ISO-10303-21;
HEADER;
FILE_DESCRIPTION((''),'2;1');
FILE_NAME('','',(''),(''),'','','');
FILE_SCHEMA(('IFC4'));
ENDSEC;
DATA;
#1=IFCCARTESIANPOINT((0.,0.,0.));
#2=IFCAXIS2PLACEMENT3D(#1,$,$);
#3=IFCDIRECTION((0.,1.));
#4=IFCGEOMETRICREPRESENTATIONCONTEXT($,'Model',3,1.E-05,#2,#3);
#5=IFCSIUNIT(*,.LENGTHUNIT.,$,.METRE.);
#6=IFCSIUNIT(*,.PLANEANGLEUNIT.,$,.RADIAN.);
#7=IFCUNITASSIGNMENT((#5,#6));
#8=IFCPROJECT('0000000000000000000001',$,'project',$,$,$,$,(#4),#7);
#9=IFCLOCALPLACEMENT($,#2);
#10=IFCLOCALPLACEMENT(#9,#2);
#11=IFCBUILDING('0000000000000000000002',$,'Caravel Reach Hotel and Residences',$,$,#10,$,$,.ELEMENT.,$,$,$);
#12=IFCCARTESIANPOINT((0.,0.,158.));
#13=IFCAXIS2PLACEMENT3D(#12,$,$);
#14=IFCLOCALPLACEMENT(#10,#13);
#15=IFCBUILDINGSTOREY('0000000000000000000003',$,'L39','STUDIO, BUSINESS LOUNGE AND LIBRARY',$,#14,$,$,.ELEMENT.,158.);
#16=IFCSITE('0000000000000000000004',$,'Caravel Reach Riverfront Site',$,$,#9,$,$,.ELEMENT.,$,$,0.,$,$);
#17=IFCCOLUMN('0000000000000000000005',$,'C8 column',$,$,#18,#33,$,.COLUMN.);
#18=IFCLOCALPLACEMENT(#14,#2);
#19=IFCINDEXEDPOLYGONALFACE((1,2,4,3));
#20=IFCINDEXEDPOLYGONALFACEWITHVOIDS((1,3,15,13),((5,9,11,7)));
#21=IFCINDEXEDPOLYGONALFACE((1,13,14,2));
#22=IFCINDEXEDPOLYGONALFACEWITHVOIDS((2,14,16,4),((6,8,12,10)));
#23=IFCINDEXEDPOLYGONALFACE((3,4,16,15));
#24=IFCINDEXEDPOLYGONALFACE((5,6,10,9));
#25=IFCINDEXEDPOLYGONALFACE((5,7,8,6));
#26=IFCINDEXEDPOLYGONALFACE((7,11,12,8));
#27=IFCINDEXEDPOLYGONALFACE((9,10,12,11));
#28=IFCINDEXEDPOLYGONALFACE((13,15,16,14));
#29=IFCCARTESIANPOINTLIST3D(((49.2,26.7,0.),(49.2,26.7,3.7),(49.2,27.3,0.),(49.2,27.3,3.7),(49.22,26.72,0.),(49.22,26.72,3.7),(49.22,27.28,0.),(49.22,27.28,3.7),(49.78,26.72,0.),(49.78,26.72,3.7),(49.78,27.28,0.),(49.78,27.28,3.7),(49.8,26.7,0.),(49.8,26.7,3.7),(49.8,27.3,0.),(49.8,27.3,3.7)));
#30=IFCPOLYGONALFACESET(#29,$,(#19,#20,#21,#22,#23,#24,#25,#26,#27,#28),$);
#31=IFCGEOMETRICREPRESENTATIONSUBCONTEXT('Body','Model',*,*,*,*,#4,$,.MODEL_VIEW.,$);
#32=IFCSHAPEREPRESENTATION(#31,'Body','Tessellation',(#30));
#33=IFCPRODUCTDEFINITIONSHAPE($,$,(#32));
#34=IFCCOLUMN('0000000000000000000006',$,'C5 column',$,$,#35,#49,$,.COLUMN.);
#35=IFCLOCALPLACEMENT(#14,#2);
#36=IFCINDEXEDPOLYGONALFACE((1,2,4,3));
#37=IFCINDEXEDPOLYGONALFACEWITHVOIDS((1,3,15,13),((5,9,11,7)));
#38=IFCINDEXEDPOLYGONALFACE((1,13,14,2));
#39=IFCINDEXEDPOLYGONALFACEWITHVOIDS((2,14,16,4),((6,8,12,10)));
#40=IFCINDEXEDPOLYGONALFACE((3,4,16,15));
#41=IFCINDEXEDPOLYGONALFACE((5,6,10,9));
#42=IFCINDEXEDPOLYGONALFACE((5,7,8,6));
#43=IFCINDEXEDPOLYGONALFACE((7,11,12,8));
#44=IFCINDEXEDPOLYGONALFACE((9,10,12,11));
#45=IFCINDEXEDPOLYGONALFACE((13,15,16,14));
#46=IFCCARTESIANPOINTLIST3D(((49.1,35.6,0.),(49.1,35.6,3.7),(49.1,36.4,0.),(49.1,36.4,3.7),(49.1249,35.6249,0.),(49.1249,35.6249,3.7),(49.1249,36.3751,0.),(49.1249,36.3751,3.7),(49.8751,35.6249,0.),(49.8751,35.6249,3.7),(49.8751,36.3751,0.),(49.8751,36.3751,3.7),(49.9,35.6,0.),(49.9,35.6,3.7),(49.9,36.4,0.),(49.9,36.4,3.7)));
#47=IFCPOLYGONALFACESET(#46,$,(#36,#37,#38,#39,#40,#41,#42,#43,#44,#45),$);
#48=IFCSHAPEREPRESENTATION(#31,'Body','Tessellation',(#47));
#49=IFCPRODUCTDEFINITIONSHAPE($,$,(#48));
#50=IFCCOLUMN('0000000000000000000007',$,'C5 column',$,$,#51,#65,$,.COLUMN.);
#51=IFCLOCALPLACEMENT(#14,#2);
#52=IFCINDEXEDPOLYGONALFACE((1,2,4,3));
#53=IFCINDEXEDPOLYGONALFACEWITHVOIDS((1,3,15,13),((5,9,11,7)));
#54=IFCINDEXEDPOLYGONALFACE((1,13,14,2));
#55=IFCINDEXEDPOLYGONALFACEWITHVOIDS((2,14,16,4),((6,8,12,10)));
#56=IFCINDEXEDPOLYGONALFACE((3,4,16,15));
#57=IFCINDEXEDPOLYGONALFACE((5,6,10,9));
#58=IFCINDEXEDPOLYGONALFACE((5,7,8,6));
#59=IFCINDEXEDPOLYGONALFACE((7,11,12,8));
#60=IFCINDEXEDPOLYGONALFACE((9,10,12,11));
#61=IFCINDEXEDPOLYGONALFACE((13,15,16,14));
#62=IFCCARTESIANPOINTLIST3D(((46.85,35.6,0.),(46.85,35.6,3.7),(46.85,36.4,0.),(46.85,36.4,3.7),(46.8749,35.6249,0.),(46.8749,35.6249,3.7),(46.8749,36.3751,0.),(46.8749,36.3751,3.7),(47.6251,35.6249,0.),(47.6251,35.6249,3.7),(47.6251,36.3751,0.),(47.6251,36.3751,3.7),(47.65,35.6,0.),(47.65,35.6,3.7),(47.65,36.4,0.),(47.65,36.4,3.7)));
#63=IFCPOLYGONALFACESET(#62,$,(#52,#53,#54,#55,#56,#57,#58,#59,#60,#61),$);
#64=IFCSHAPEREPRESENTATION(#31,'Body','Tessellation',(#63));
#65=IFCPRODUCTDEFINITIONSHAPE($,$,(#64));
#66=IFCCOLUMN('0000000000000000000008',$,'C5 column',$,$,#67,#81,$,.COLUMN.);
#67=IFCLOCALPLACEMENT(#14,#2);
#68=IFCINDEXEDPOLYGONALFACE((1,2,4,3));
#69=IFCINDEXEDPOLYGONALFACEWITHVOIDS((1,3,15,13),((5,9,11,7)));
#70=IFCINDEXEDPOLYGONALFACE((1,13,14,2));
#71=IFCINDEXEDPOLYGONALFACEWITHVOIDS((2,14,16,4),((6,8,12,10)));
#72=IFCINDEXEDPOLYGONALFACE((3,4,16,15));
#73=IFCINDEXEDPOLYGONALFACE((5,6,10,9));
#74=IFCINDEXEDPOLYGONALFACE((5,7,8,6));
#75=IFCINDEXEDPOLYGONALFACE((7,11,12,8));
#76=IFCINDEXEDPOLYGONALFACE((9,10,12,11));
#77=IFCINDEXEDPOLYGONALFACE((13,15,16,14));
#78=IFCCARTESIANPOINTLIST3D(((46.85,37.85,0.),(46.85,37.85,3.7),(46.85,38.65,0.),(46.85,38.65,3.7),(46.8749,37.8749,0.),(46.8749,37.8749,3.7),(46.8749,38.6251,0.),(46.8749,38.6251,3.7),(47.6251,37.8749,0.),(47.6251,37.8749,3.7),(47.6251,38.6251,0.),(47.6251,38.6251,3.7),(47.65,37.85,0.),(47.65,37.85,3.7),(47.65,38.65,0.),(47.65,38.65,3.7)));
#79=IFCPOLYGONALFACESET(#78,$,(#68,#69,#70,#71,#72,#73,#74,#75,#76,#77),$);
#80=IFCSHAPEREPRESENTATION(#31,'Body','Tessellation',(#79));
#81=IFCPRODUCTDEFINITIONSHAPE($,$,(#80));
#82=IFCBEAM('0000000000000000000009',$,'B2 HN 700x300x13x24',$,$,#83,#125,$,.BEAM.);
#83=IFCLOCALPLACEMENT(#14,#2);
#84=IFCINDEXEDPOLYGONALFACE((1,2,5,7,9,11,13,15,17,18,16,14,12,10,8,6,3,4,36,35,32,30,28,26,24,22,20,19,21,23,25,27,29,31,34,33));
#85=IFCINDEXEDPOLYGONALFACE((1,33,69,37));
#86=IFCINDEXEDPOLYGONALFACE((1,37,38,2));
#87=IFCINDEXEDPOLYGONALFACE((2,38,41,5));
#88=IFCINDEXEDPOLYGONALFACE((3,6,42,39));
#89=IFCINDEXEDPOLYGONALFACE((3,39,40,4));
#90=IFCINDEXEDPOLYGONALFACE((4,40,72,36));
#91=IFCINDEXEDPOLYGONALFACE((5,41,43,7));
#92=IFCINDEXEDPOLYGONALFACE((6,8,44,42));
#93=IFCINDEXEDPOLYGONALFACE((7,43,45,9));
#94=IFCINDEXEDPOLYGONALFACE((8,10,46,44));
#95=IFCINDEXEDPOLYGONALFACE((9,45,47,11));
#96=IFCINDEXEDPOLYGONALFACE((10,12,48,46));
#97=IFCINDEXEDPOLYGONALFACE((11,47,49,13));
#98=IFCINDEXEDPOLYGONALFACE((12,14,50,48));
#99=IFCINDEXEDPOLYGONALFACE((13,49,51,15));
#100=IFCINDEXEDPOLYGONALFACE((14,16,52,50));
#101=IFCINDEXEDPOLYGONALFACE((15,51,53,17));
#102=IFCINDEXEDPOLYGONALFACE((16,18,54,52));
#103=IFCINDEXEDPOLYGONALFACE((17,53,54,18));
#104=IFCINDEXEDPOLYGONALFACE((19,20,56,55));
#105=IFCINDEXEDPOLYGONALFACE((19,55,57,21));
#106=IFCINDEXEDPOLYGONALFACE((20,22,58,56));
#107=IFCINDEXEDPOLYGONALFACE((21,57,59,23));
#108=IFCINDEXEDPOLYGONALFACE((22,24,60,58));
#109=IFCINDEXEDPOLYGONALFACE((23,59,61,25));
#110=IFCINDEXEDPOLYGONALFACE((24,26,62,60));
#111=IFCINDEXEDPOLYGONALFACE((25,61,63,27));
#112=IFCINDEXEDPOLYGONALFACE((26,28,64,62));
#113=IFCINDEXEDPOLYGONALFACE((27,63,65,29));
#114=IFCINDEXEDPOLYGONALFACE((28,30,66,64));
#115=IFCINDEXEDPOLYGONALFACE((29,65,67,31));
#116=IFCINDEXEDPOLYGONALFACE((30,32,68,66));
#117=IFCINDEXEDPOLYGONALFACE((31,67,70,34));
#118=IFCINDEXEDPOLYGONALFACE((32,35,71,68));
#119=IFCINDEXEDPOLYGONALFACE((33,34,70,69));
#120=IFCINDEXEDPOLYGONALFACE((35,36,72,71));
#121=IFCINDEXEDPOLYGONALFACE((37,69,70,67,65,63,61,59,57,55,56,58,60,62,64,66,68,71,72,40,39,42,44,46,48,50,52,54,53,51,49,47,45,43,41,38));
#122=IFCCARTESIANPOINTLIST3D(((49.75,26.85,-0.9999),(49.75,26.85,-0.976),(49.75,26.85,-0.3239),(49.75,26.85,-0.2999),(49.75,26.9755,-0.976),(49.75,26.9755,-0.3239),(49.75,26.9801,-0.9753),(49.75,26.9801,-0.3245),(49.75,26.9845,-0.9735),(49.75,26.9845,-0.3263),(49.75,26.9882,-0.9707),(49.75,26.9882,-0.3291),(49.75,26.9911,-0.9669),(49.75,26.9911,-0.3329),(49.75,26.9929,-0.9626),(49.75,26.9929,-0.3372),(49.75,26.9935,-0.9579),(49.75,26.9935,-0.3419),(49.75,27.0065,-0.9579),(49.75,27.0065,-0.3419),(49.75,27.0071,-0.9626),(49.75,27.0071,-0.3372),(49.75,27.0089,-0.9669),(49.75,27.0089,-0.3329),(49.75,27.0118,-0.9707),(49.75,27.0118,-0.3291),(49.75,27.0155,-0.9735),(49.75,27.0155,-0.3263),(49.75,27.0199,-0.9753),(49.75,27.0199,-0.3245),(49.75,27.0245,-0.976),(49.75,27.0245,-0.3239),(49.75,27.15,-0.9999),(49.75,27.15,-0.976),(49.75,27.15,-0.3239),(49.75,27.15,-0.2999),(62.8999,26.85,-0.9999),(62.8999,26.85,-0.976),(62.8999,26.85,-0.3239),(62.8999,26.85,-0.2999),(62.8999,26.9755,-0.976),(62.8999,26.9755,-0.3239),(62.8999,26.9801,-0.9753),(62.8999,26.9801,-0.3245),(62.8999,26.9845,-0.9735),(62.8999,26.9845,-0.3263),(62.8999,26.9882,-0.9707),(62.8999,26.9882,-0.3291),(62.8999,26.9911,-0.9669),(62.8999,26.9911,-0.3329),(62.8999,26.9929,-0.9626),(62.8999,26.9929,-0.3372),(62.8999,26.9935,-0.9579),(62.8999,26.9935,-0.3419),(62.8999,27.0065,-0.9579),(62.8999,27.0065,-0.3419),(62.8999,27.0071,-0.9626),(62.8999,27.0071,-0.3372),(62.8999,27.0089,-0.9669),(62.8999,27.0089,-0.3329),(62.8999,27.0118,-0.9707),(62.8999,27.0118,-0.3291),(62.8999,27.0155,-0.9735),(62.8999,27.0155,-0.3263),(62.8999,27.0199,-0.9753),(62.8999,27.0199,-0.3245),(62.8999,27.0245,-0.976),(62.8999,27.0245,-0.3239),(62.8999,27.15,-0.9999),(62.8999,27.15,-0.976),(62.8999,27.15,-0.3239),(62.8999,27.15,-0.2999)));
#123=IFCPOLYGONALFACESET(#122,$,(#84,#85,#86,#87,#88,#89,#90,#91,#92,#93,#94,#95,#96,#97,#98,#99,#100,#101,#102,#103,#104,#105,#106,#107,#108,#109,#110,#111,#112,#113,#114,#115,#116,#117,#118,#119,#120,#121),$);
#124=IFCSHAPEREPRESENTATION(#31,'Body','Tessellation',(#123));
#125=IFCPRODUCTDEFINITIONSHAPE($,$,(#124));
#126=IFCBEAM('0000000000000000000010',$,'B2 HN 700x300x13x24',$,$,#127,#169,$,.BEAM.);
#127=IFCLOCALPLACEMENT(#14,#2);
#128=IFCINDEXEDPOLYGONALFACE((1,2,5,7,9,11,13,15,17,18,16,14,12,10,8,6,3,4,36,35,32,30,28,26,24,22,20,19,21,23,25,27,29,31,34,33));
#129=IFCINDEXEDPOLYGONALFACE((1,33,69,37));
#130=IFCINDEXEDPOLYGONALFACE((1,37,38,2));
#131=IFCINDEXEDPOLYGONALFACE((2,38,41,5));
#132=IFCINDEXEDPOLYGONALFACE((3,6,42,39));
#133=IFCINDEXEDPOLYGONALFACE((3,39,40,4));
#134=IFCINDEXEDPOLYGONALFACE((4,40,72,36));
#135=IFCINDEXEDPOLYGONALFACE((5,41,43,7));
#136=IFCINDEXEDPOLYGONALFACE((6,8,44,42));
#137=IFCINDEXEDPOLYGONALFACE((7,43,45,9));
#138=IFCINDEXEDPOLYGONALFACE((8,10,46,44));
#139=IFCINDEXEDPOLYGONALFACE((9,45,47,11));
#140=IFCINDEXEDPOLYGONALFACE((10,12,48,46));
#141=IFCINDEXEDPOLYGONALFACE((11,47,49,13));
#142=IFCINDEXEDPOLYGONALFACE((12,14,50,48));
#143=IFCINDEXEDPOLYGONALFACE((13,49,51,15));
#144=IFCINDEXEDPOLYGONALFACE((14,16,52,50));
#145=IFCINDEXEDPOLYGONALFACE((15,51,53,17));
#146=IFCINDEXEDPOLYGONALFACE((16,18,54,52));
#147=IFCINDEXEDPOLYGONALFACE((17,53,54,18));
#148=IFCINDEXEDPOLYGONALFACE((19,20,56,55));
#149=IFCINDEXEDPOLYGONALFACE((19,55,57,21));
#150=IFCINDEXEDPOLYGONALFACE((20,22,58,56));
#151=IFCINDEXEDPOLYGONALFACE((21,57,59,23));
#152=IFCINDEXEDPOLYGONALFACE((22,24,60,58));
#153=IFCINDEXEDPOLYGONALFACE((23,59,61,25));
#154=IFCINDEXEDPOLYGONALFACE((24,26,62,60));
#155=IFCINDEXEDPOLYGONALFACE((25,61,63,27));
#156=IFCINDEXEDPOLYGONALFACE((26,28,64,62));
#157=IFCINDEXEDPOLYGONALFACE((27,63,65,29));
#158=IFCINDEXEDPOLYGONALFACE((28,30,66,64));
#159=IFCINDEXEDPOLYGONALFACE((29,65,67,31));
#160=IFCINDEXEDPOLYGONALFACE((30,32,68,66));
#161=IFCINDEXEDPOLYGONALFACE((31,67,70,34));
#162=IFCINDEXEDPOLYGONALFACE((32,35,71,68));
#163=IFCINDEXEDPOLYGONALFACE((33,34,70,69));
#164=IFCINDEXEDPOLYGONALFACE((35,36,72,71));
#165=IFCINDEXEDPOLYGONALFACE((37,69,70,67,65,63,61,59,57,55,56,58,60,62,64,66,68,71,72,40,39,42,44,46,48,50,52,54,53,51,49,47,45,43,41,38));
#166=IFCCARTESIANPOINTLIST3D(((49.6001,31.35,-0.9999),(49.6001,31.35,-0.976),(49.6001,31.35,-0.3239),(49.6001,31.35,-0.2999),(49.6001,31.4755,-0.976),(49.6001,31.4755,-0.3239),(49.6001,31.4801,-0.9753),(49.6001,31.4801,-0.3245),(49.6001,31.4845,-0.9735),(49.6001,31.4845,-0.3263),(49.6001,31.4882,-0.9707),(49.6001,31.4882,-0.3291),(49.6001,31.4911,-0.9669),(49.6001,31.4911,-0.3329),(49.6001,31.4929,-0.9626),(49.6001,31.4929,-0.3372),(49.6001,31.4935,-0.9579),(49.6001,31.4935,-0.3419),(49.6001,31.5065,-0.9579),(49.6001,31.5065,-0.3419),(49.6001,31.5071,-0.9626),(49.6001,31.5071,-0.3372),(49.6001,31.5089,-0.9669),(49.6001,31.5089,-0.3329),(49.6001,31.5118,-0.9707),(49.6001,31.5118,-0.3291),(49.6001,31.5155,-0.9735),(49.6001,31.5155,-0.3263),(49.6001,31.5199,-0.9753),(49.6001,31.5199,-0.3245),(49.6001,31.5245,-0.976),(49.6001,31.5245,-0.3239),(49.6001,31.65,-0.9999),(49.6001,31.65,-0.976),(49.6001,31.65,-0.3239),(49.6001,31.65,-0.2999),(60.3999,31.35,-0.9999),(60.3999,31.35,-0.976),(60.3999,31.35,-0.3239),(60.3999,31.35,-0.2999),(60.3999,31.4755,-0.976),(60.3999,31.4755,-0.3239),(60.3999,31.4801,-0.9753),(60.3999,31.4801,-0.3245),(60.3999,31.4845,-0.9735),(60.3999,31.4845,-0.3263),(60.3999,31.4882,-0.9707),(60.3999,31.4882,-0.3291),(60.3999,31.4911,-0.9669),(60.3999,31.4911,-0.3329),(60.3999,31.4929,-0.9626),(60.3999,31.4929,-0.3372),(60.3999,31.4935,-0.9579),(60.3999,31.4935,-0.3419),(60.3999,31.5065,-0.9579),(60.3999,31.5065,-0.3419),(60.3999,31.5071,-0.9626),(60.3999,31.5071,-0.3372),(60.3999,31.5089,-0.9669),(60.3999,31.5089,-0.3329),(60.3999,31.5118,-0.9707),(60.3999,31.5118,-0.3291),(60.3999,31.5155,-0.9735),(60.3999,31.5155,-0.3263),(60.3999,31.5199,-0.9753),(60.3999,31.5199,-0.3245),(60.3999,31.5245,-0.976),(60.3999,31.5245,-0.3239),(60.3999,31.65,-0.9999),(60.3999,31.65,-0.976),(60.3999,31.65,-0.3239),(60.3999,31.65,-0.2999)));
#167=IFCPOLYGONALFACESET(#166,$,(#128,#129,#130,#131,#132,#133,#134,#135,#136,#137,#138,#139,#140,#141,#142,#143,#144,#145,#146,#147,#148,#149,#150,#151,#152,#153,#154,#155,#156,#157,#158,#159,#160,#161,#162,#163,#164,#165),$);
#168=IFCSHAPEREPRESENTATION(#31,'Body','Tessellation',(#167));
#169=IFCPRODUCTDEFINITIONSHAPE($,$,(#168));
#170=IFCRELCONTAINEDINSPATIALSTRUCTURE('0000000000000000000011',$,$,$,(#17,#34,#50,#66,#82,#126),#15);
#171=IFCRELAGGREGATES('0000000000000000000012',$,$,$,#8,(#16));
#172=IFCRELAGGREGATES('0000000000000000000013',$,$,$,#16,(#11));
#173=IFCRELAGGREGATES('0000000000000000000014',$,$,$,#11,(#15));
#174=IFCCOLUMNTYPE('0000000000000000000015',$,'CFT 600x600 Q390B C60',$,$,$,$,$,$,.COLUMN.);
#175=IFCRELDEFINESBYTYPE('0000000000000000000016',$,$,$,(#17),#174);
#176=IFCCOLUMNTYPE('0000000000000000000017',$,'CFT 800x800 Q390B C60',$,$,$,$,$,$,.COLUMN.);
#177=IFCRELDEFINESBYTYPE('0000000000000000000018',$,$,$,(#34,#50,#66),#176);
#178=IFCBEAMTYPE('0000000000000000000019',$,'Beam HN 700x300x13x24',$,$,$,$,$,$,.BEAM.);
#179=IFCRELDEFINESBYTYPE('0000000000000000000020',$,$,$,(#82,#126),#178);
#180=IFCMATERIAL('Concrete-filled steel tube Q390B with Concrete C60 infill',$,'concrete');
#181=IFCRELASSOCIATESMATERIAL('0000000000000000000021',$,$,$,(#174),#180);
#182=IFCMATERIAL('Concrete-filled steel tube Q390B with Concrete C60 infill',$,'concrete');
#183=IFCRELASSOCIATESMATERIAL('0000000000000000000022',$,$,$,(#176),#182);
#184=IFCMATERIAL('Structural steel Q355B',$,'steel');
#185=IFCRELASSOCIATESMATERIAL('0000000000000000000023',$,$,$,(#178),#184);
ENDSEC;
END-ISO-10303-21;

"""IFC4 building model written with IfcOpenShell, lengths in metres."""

from ifc_helpers import new_model, si_unit, direction, frame, origin, origin_2d, place, context, subcontext, project, spatial, hollow_rectangle, i_section, extrude, material, material_profile, profile_set, type_object, element, save


model = new_model("IFC4")

# Units and contexts
model_context = context("Model", 3, precision=1e-05, world=origin(), true_north=direction((0.0, 1.0)))
body_context = subcontext(model_context, "Body", "Model", "MODEL_VIEW")
ifc_project = project(units=[si_unit("LENGTHUNIT", "METRE"), si_unit("PLANEANGLEUNIT", "RADIAN")], contexts=[model_context])

# Site, building, storey
site_placement = place(None, origin())
site = spatial("IfcSite", under=ifc_project, at=site_placement, Name="Caravel Reach Riverfront Site", CompositionType="ELEMENT", RefElevation=0.0)
building_placement = place(site_placement, origin())
building = spatial("IfcBuilding", under=site, at=building_placement, Name="Caravel Reach Hotel and Residences", CompositionType="ELEMENT")
storey_placement = place(building_placement, frame((0.0, 0.0, 158.0)))
storey = spatial("IfcBuildingStorey", under=building, at=storey_placement, Name="L39", Description="STUDIO, BUSINESS LOUNGE AND LIBRARY", CompositionType="ELEMENT", Elevation=158.0)

# Columns
ifc_material_1 = material(Name="Concrete-filled steel tube Q390B with Concrete C60 infill", Category="concrete")
ifc_material_profile_1 = material_profile(ifc_material_1, hollow_rectangle(XDim=0.6001, YDim=0.6001, WallThickness=0.02, at=origin_2d()), Name="RHS 600x600x20")
ifc_profile_set_1 = profile_set([ifc_material_profile_1], Name="Concrete-filled steel tube Q390B with Concrete C60 infill")
column_type_1 = type_object("IfcColumnType", Name="CFT 600x600 Q390B C60", PredefinedType="COLUMN", material=ifc_profile_set_1)
column_placement = place(storey_placement, frame((49.5, 27.0, 0.0), z_axis=(0.0, 0.0, 1.0), x_axis=(1.0, 0.0, 0.0)))
element("IfcColumn", 1, at=column_placement, inside=storey, type_object=column_type_1, Name="C8 column", PredefinedType="COLUMN", context=body_context, shape_type="SweptSolid", body=[
    extrude(hollow_rectangle(XDim=0.6001, YDim=0.6001, WallThickness=0.02, at=origin_2d()), origin(), (0.0, 0.0, 1.0), 3.7),
])
ifc_material_2 = material(Name="Concrete-filled steel tube Q390B with Concrete C60 infill", Category="concrete")
ifc_material_profile_2 = material_profile(ifc_material_2, hollow_rectangle(XDim=0.8, YDim=0.8, WallThickness=0.0249, at=origin_2d()), Name="RHS 800x800x25")
ifc_profile_set_2 = profile_set([ifc_material_profile_2], Name="Concrete-filled steel tube Q390B with Concrete C60 infill")
column_type_2 = type_object("IfcColumnType", Name="CFT 800x800 Q390B C60", PredefinedType="COLUMN", material=ifc_profile_set_2)
for number, where, z_axis, x_axis, name in (
    (2, (49.5, 36.0, 0.0), (0.0, 0.0, 1.0), (1.0, 0.0, 0.0), "C5 column"),
    (3, (47.25, 36.0, 0.0), (0.0, 0.0, 1.0), (1.0, 0.0, 0.0), "C5 column"),
    (4, (47.25, 38.25, 0.0), (0.0, 0.0, 1.0), (1.0, 0.0, 0.0), "C5 column"),
):
    element("IfcColumn", number, at=place(storey_placement, frame(where, z_axis=z_axis, x_axis=x_axis)), inside=storey, type_object=column_type_2, Name=name, PredefinedType="COLUMN", context=body_context, shape_type="SweptSolid", body=[
        extrude(hollow_rectangle(XDim=0.8, YDim=0.8, WallThickness=0.0249, at=origin_2d()), origin(), (0.0, 0.0, 1.0), 3.7),
    ])

# Beams
ifc_material_3 = material(Name="Structural steel Q355B", Category="steel")
ifc_material_profile_3 = material_profile(ifc_material_3, i_section(OverallWidth=0.3, OverallDepth=0.7, WebThickness=0.0129, FlangeThickness=0.0239, FilletRadius=0.0181, at=origin_2d()), Name="HN 700x300x13x24")
ifc_profile_set_3 = profile_set([ifc_material_profile_3], Name="Structural steel Q355B")
beam_type_1 = type_object("IfcBeamType", Name="Beam HN 700x300x13x24", PredefinedType="BEAM", material=ifc_profile_set_3)
beam_1_placement = place(storey_placement, frame((49.75, 27.0, -0.6499), z_axis=(1.0, 0.0, 0.0), x_axis=(0.0, 1.0, 0.0)))
element("IfcBeam", 5, at=beam_1_placement, inside=storey, type_object=beam_type_1, Name="B2 HN 700x300x13x24", PredefinedType="BEAM", context=body_context, shape_type="SweptSolid", body=[
    extrude(i_section(OverallWidth=0.3, OverallDepth=0.7, WebThickness=0.0129, FlangeThickness=0.0239, FilletRadius=0.0181, at=origin_2d()), origin(), (0.0, 0.0, 1.0), 13.1499),
])
beam_2_placement = place(storey_placement, frame((49.6001, 31.5, -0.6499), z_axis=(1.0, 0.0, 0.0), x_axis=(0.0, 1.0, 0.0)))
element("IfcBeam", 6, at=beam_2_placement, inside=storey, type_object=beam_type_1, Name="B2 HN 700x300x13x24", PredefinedType="BEAM", context=body_context, shape_type="SweptSolid", body=[
    extrude(i_section(OverallWidth=0.3, OverallDepth=0.7, WebThickness=0.0129, FlangeThickness=0.0239, FilletRadius=0.0181, at=origin_2d()), origin(), (0.0, 0.0, 1.0), 10.7998),
])

save(model, "model.ifc")
